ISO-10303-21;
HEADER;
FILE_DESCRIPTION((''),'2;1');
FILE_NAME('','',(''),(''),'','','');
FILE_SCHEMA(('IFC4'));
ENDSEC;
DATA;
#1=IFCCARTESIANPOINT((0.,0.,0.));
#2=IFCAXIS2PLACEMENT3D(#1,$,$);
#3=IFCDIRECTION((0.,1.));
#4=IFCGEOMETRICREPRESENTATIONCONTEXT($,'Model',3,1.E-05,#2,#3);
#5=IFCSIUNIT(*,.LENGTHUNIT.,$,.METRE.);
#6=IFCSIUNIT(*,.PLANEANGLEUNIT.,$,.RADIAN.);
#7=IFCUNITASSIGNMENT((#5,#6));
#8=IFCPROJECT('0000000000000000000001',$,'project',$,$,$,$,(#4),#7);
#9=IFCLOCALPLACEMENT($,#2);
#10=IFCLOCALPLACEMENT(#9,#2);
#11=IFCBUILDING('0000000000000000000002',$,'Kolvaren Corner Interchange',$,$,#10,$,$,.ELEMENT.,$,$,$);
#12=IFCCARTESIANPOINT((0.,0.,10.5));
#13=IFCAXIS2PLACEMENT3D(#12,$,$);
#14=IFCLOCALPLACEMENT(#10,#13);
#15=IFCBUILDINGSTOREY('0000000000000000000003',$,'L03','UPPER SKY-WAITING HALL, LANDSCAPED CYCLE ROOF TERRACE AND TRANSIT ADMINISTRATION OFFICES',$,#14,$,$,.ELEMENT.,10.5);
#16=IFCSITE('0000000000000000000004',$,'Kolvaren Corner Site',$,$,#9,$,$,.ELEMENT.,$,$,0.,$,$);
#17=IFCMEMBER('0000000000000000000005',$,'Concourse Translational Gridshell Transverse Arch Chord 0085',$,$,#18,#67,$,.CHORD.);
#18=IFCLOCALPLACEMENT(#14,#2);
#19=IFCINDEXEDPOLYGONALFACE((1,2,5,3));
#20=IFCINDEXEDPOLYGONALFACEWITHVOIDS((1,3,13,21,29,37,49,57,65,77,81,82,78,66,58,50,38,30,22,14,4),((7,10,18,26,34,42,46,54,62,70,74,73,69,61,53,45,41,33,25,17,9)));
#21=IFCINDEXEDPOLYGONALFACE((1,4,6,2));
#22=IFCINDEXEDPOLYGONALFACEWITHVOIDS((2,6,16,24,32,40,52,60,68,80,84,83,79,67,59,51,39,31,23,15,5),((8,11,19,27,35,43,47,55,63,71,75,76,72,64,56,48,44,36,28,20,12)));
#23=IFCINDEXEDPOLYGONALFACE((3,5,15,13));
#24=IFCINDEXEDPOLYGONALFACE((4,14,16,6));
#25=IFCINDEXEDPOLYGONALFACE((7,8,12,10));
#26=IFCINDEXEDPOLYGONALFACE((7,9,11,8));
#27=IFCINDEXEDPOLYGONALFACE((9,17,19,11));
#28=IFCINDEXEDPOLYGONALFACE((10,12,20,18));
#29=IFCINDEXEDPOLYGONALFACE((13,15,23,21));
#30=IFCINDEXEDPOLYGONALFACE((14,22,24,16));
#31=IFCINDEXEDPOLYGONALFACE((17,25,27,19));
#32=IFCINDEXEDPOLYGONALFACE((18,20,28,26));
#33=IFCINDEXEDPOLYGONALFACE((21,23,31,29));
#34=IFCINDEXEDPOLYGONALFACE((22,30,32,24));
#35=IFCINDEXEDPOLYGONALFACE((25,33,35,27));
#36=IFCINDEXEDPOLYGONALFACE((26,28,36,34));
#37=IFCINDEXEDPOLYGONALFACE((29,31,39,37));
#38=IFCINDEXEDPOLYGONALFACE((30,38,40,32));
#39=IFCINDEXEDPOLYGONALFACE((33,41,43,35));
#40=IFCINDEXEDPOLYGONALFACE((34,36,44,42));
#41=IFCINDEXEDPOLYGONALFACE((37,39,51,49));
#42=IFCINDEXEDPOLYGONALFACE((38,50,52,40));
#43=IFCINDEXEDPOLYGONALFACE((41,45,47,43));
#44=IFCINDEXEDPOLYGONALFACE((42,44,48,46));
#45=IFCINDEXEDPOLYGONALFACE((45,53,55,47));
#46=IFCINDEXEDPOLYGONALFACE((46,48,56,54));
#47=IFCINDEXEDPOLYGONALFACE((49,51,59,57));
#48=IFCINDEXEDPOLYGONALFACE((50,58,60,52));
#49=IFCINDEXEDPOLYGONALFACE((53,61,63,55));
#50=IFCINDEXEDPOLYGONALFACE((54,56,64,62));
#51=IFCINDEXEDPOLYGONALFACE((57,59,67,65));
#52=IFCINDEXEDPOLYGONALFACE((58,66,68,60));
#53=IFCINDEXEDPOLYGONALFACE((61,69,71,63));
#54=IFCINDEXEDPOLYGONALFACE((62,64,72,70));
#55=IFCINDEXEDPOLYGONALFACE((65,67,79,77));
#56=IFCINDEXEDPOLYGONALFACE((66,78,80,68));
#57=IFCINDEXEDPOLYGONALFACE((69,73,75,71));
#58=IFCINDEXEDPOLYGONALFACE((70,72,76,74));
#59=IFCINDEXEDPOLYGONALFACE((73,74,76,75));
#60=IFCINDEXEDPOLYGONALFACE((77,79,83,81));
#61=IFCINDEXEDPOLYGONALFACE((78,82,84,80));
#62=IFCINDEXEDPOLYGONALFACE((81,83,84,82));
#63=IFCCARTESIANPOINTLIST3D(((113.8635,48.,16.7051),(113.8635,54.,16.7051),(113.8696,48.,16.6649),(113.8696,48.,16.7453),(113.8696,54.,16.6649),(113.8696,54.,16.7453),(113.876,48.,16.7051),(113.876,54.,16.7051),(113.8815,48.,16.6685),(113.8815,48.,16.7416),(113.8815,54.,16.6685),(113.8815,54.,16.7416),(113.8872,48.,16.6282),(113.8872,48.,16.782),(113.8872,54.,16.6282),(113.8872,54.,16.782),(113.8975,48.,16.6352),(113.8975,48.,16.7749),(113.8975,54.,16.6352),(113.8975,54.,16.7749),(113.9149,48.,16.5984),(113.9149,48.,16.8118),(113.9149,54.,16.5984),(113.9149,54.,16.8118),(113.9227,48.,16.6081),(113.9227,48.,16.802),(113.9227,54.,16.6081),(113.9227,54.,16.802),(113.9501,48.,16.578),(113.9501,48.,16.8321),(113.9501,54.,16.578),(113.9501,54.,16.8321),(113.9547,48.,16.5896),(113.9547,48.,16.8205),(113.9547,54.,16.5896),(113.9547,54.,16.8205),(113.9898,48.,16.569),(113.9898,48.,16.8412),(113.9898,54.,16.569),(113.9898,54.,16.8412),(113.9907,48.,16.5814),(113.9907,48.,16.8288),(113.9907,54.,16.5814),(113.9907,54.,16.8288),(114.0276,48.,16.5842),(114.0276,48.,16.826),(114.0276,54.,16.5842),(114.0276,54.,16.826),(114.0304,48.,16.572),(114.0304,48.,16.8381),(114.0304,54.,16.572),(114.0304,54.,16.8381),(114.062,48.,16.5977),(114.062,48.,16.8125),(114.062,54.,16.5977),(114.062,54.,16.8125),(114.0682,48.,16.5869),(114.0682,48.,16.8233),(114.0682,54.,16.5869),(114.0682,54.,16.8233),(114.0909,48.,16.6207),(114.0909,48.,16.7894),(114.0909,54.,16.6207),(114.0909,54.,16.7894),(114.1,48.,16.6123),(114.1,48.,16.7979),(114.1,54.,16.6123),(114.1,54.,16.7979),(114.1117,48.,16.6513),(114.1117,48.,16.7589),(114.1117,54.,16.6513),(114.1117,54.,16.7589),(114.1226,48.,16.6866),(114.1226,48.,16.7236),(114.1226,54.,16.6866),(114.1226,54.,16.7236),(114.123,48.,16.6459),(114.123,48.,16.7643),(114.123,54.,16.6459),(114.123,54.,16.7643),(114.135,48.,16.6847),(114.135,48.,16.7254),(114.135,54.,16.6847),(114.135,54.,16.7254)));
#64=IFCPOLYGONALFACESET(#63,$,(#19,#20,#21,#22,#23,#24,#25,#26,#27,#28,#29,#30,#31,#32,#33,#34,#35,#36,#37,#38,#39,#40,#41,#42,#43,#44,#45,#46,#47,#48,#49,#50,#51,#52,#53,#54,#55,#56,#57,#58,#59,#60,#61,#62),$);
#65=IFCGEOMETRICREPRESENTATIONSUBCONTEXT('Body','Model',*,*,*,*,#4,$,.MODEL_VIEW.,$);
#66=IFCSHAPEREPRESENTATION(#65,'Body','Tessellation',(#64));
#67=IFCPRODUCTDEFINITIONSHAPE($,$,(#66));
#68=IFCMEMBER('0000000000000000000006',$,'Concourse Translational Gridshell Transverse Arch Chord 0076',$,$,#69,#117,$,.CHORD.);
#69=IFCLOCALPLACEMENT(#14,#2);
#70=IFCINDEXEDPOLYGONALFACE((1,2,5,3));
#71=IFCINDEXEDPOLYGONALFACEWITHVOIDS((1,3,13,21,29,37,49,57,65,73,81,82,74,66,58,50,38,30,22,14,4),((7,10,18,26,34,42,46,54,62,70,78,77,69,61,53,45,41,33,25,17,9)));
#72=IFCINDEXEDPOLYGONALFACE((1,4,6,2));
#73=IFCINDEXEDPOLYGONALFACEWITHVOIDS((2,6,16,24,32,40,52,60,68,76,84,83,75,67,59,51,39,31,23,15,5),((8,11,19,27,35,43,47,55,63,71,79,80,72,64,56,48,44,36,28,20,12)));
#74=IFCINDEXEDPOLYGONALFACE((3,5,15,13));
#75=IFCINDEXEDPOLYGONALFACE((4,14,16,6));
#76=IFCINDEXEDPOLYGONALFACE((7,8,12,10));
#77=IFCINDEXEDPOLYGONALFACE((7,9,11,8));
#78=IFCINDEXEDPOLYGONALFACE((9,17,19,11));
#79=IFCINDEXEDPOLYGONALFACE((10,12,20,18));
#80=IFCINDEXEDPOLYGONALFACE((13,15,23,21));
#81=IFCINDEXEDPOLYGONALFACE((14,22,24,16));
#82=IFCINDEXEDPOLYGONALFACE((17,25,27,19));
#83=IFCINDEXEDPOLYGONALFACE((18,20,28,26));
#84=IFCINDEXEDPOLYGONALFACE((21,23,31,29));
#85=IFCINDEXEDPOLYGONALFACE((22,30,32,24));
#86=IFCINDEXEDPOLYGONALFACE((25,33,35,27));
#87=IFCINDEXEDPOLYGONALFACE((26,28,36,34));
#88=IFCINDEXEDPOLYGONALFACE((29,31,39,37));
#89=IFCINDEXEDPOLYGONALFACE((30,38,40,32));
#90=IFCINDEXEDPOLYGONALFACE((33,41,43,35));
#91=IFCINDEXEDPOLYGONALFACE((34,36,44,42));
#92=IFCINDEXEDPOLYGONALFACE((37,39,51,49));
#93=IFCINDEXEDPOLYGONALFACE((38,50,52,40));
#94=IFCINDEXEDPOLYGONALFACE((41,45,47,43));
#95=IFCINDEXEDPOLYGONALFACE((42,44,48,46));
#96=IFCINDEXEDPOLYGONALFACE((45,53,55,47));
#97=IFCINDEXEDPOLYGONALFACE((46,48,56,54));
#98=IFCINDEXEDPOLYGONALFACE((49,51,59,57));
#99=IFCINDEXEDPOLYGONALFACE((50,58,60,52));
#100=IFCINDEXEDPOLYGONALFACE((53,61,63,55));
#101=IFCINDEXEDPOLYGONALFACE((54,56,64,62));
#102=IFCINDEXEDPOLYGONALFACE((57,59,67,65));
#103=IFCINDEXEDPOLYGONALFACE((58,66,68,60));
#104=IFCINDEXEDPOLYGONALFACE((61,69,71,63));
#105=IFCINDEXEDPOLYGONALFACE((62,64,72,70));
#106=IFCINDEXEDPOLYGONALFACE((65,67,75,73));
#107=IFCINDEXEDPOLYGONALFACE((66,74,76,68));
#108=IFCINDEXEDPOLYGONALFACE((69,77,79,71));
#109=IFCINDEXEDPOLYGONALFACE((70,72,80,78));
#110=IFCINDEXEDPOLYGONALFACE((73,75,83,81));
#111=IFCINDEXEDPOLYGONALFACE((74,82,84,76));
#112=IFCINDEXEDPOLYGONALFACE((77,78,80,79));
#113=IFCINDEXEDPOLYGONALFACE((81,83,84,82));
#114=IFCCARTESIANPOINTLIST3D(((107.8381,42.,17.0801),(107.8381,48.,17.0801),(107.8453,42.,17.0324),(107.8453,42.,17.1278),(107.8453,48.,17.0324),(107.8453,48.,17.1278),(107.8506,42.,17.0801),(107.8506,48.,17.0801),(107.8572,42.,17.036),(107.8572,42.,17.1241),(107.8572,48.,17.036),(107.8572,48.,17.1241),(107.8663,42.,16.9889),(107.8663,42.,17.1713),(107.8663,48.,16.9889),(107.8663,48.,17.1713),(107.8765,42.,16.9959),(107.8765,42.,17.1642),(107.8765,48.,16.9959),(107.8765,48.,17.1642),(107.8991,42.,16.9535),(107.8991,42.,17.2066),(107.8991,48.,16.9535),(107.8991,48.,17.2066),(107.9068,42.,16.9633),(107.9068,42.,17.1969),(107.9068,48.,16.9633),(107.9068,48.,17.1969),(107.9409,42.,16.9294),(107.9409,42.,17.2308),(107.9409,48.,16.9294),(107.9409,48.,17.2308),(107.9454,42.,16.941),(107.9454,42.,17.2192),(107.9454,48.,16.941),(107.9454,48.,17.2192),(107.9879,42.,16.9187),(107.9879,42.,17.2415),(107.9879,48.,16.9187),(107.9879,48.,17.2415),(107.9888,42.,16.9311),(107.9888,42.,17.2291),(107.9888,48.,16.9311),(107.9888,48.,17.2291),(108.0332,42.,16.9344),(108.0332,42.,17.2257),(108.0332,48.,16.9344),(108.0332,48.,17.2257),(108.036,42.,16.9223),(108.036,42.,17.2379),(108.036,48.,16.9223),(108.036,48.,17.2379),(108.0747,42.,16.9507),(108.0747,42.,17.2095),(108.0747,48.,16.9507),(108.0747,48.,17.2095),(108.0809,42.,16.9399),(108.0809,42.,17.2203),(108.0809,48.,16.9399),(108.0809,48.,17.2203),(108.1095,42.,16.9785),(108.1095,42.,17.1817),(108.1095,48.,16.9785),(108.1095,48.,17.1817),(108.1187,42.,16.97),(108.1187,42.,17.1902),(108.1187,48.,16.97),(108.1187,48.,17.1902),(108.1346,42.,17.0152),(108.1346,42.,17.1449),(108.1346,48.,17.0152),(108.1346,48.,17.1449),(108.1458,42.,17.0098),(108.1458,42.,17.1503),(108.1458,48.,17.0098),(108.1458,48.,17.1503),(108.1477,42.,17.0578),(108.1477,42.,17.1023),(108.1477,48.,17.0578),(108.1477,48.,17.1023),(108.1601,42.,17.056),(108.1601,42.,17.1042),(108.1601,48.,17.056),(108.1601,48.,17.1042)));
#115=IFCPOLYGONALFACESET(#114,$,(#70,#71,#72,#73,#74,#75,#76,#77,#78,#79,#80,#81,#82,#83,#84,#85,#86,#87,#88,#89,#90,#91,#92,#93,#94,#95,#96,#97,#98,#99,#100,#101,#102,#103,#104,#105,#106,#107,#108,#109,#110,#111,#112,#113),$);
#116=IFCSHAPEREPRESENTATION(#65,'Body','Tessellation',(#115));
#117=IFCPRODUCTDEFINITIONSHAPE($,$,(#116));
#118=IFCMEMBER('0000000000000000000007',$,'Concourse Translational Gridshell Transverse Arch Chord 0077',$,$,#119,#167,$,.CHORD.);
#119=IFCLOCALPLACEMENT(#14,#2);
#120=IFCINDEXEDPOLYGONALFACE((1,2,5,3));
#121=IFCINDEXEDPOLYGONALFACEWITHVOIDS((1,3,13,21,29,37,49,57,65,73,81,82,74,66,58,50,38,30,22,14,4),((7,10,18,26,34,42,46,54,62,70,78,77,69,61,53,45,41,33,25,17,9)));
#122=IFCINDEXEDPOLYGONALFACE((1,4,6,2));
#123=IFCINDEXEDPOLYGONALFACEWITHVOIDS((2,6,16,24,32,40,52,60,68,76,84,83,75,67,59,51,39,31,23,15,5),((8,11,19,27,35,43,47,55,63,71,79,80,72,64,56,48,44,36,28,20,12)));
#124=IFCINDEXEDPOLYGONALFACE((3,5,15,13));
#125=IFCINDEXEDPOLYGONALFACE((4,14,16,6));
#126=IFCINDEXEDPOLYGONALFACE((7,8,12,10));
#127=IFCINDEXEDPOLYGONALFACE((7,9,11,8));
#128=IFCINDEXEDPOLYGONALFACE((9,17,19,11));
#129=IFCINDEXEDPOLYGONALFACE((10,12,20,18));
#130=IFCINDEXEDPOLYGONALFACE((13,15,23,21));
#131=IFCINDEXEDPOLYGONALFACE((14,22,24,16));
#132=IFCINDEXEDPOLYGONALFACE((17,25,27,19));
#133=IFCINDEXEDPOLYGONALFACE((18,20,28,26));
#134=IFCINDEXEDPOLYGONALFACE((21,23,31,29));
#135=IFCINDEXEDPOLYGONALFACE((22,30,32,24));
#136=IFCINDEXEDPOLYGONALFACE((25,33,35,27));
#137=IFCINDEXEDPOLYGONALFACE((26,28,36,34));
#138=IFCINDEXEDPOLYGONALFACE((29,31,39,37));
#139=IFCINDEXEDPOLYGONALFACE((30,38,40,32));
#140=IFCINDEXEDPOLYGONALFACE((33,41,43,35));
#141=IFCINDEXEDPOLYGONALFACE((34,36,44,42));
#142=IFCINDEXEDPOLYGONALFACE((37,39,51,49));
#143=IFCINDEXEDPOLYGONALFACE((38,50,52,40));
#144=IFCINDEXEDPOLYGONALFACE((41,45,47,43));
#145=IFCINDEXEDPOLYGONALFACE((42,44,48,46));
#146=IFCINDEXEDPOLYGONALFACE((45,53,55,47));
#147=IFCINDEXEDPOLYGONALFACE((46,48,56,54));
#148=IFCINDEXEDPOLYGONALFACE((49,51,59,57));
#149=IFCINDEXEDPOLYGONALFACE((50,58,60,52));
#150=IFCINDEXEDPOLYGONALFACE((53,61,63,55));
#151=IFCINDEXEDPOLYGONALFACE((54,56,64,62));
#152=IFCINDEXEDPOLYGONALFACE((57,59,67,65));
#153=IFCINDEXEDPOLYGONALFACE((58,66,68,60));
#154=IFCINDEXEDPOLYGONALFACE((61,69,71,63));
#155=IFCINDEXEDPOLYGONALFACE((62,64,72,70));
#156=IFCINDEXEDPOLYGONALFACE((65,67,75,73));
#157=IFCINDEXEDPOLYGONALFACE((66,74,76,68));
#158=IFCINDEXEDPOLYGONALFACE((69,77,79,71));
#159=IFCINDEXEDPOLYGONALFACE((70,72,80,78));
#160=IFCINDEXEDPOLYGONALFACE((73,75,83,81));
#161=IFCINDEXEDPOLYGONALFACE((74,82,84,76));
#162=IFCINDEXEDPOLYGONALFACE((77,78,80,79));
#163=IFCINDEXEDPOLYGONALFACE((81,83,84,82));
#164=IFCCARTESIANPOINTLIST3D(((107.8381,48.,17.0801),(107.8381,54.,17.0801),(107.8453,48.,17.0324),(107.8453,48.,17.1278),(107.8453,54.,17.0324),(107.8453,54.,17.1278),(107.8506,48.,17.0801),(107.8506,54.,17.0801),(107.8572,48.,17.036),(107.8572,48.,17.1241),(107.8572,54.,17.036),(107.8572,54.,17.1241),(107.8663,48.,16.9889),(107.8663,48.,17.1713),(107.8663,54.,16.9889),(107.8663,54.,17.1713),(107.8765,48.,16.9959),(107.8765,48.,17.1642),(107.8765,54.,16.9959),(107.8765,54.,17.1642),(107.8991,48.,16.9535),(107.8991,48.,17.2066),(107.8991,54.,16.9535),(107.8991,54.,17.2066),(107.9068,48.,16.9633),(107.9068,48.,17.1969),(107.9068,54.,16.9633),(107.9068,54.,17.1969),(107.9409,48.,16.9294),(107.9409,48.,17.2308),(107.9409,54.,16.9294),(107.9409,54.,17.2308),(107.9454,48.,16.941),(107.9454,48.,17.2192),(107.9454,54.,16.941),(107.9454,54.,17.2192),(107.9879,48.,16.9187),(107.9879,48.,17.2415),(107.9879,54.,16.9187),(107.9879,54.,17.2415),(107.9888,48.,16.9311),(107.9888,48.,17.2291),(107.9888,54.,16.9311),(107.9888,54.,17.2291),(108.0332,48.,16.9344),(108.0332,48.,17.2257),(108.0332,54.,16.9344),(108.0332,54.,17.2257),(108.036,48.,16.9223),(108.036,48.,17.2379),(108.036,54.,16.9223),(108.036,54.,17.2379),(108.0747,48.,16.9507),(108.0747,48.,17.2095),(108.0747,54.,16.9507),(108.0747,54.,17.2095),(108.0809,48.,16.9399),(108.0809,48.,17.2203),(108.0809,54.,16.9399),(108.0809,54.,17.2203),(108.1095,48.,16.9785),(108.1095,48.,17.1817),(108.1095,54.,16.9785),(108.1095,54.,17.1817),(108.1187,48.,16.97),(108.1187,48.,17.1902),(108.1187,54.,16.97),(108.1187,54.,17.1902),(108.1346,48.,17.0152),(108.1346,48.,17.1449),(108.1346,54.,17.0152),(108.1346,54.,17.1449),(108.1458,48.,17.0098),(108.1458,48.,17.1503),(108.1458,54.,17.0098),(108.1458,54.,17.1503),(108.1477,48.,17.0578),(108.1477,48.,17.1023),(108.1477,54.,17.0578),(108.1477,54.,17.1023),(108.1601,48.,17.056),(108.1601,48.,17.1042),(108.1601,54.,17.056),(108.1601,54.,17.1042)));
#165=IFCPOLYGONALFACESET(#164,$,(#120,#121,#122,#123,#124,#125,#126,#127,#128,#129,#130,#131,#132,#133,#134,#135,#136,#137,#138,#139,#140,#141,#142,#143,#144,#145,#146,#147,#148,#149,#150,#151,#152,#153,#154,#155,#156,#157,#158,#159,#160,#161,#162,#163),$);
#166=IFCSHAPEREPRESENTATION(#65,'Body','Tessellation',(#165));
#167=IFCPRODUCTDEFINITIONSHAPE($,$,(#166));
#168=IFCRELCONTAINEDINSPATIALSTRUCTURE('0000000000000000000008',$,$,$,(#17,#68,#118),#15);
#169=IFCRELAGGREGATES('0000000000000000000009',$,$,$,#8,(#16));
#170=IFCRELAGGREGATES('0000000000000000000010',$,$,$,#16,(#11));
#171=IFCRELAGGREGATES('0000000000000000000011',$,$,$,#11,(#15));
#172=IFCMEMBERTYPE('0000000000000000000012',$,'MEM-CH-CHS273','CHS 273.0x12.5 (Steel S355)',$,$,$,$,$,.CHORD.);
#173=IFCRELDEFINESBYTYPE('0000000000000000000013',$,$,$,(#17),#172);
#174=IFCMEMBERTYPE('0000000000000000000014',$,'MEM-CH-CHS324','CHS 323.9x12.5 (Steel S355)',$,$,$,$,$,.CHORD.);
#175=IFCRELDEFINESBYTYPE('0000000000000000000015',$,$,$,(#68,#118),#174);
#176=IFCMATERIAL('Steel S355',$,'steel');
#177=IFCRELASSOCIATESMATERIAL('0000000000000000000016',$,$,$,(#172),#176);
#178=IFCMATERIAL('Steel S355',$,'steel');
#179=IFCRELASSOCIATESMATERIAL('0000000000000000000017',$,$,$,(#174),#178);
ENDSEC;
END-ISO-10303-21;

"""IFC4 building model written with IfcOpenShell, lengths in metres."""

from ifc_helpers import new_model, si_unit, direction, frame, origin, origin_2d, place, context, subcontext, project, spatial, hollow_circle, extrude, material, material_profile, profile_set, type_object, element, save


model = new_model("IFC4")

# Units and contexts
model_context = context("Model", 3, precision=1e-05, world=origin(), true_north=direction((0.0, 1.0)))
body_context = subcontext(model_context, "Body", "Model", "MODEL_VIEW")
ifc_project = project(units=[si_unit("LENGTHUNIT", "METRE"), si_unit("PLANEANGLEUNIT", "RADIAN")], contexts=[model_context])

# Site, building, storey
site_placement = place(None, origin())
site = spatial("IfcSite", under=ifc_project, at=site_placement, Name="Kolvaren Corner Site", CompositionType="ELEMENT", RefElevation=0.0)
building_placement = place(site_placement, origin())
building = spatial("IfcBuilding", under=site, at=building_placement, Name="Kolvaren Corner Interchange", CompositionType="ELEMENT")
storey_placement = place(building_placement, frame((0.0, 0.0, 10.5)))
storey = spatial("IfcBuildingStorey", under=building, at=storey_placement, Name="L03", Description="UPPER SKY-WAITING HALL, LANDSCAPED CYCLE ROOF TERRACE AND TRANSIT ADMINISTRATION OFFICES", CompositionType="ELEMENT", Elevation=10.5)

# Members
ifc_material_1 = material(Name="Steel S355", Category="steel")
ifc_material_profile_1 = material_profile(ifc_material_1, hollow_circle(Radius=0.1365, WallThickness=0.0125, at=origin_2d()), Name="CHS 273.0x12.5")
ifc_profile_set_1 = profile_set([ifc_material_profile_1], Name="Steel S355")
member_type_1 = type_object("IfcMemberType", Name="MEM-CH-CHS273", Description="CHS 273.0x12.5 (Steel S355)", PredefinedType="CHORD", material=ifc_profile_set_1)
for number, where, z_axis, x_axis, name in (
    (1, (114.0, 48.0, 16.7051), (0.0, 1.0, 0.0), (-1.0, 0.0, 0.0), "Concourse Translational Gridshell Transverse Arch Chord 0085"),
):
    element("IfcMember", number, at=place(storey_placement, frame(where, z_axis=z_axis, x_axis=x_axis)), inside=storey, type_object=member_type_1, Name=name, PredefinedType="CHORD", context=body_context, shape_type="SweptSolid", body=[
        extrude(hollow_circle(Radius=0.1365, WallThickness=0.0125, at=origin_2d()), origin(), (0.0, 0.0, 1.0), 6.0),
    ])
ifc_material_2 = material(Name="Steel S355", Category="steel")
ifc_material_profile_2 = material_profile(ifc_material_2, hollow_circle(Radius=0.1619, WallThickness=0.0125, at=origin_2d()), Name="CHS 323.9x12.5")
ifc_profile_set_2 = profile_set([ifc_material_profile_2], Name="Steel S355")
member_type_2 = type_object("IfcMemberType", Name="MEM-CH-CHS324", Description="CHS 323.9x12.5 (Steel S355)", PredefinedType="CHORD", material=ifc_profile_set_2)
for number, where, z_axis, x_axis, name in (
    (2, (108.0, 42.0, 17.0801), (0.0, 1.0, 0.0), (-1.0, 0.0, 0.0), "Concourse Translational Gridshell Transverse Arch Chord 0076"),
    (3, (108.0, 48.0, 17.0801), (0.0, 1.0, 0.0), (-1.0, 0.0, 0.0), "Concourse Translational Gridshell Transverse Arch Chord 0077"),
):
    element("IfcMember", number, at=place(storey_placement, frame(where, z_axis=z_axis, x_axis=x_axis)), inside=storey, type_object=member_type_2, Name=name, PredefinedType="CHORD", context=body_context, shape_type="SweptSolid", body=[
        extrude(hollow_circle(Radius=0.1619, WallThickness=0.0125, at=origin_2d()), origin(), (0.0, 0.0, 1.0), 6.0),
    ])

save(model, "model.ifc")
